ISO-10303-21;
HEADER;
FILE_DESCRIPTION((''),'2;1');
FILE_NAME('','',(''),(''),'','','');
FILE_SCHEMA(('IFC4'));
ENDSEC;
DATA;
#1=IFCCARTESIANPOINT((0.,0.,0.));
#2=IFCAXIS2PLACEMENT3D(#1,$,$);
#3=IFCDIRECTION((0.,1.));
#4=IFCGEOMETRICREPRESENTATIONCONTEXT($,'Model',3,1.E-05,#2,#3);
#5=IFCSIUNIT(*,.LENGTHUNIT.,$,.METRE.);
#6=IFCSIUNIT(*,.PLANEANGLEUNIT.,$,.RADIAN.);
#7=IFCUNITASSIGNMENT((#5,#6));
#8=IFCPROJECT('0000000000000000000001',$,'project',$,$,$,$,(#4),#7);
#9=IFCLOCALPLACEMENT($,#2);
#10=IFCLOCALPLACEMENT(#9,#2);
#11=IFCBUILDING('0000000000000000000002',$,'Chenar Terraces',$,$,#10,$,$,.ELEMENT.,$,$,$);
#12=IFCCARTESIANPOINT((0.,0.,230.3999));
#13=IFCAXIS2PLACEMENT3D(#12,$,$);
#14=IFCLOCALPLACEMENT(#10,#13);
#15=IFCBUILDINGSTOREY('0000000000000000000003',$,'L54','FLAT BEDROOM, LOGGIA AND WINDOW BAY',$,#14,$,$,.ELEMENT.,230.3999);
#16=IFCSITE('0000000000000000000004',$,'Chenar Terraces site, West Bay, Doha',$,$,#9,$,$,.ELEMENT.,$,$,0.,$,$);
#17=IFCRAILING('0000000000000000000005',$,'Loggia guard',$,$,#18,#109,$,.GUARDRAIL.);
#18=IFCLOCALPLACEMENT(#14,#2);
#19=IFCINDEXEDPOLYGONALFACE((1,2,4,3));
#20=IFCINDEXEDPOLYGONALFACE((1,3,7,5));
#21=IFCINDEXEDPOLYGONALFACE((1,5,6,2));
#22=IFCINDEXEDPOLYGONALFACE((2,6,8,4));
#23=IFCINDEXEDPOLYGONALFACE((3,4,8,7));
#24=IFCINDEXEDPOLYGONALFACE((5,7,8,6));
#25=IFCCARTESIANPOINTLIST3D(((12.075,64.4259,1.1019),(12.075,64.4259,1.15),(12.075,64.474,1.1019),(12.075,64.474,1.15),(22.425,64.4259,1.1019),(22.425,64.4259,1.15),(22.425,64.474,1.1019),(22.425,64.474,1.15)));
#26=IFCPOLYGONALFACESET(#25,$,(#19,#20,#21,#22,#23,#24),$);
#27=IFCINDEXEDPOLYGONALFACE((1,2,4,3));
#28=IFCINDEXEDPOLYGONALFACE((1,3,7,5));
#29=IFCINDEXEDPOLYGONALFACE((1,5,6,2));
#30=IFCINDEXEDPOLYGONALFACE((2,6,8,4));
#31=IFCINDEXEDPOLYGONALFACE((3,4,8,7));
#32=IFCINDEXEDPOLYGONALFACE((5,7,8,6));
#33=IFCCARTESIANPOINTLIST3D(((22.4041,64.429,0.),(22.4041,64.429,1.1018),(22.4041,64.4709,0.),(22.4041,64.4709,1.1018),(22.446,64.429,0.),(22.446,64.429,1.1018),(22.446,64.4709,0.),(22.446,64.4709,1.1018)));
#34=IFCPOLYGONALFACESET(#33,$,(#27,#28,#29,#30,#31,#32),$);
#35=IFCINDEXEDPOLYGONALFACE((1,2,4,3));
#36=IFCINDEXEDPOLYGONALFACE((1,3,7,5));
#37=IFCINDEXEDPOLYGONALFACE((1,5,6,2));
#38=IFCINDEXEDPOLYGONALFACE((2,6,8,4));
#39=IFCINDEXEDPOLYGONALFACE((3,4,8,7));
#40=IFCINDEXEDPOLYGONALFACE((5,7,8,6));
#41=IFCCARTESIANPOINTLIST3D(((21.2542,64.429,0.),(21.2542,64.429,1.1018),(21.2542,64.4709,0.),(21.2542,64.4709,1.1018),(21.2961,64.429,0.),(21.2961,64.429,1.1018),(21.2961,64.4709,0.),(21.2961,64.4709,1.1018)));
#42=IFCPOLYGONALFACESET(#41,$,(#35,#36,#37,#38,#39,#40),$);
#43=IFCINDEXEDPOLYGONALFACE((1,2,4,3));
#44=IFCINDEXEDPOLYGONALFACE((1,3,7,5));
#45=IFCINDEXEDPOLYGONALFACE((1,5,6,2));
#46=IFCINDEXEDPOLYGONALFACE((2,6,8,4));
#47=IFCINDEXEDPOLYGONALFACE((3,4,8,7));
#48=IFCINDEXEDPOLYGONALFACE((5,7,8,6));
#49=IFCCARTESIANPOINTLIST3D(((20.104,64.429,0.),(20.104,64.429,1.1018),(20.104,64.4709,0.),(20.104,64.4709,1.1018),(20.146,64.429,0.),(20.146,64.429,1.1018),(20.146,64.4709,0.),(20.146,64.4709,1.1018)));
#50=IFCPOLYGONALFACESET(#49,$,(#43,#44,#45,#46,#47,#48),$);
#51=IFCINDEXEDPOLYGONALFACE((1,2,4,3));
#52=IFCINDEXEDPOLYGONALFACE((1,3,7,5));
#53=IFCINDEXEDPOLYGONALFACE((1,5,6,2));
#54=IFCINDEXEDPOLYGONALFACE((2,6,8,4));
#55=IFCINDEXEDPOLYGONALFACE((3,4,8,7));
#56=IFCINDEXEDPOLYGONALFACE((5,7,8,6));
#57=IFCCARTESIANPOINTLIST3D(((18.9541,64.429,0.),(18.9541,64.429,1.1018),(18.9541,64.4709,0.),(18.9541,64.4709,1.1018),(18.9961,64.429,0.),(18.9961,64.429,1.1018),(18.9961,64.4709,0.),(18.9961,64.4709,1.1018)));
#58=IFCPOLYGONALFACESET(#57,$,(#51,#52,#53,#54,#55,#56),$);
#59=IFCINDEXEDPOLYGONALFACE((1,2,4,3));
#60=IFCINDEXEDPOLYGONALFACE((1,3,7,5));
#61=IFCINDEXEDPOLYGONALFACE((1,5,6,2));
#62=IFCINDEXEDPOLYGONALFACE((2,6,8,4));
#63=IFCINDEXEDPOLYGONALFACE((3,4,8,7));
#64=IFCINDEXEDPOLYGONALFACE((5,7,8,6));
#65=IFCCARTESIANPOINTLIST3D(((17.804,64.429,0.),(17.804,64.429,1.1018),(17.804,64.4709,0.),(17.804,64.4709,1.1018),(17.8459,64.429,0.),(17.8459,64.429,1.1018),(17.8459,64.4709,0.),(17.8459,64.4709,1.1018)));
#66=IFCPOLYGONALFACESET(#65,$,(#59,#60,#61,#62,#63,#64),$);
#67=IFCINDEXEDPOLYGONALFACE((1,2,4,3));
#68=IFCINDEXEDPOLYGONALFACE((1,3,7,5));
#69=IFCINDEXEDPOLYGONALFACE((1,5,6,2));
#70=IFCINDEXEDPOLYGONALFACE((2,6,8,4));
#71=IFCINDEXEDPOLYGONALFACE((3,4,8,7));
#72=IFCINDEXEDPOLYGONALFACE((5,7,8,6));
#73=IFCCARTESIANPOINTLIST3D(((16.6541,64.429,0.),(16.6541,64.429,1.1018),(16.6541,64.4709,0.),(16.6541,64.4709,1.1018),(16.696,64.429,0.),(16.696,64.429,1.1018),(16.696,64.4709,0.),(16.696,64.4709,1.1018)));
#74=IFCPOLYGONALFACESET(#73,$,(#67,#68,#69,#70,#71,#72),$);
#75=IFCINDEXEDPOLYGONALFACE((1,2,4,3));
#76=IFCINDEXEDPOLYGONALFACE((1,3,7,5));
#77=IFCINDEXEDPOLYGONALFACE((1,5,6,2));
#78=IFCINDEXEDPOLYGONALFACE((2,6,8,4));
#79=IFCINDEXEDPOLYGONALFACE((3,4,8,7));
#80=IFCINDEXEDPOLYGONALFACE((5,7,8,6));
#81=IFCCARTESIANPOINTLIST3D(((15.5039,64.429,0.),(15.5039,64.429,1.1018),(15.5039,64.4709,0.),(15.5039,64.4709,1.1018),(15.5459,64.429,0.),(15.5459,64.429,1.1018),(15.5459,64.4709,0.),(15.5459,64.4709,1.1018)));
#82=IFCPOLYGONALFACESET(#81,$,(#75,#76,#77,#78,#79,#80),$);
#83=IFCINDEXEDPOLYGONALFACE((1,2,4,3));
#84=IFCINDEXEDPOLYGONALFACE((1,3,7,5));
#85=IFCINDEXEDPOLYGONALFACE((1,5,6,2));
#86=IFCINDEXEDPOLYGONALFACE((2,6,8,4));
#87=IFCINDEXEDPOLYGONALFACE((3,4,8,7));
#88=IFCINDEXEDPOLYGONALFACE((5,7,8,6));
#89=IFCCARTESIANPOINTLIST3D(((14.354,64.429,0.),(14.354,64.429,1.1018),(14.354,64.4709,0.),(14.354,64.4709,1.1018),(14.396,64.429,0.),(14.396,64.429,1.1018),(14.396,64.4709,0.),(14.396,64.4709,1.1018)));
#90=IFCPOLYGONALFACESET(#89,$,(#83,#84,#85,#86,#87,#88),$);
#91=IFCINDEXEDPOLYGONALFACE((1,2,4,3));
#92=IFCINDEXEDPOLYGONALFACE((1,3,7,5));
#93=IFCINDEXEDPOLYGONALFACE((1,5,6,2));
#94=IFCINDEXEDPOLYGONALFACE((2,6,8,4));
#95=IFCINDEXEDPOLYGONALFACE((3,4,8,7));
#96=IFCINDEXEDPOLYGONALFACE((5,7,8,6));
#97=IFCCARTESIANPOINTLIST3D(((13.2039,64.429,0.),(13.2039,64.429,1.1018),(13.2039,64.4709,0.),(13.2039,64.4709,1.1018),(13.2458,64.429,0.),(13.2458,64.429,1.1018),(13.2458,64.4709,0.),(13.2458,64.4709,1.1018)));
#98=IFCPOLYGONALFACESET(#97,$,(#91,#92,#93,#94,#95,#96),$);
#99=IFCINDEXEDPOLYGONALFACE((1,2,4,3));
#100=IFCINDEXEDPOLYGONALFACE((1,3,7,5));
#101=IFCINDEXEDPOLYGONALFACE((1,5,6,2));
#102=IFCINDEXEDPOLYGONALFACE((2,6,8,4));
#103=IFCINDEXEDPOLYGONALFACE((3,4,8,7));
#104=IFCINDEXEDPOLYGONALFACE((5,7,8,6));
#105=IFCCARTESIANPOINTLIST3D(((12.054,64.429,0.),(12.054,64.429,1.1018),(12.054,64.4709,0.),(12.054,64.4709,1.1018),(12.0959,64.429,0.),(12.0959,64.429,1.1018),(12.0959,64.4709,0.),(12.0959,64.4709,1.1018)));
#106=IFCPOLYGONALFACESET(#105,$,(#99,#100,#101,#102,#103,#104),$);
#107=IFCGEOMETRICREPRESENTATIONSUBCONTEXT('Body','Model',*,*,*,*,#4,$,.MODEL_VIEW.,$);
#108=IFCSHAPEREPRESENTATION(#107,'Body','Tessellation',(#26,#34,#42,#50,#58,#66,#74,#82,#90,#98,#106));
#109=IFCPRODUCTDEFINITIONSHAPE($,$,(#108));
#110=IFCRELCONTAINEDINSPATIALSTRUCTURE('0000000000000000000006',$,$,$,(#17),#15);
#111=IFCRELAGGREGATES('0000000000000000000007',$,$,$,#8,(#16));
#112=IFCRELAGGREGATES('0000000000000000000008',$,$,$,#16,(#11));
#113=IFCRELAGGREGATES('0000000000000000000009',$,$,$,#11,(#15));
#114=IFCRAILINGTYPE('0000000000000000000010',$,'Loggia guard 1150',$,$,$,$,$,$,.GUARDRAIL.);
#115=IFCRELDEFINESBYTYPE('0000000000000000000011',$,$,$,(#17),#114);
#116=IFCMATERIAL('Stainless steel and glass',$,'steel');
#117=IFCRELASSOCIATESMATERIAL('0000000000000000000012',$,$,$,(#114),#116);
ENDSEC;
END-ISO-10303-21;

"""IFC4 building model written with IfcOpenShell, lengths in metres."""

from ifc_helpers import new_model, si_unit, direction, frame, origin, origin_2d, place, context, subcontext, project, spatial, rectangle, extrude, material, type_object, element, save


model = new_model("IFC4")

# Units and contexts
model_context = context("Model", 3, precision=1e-05, world=origin(), true_north=direction((0.0, 1.0)))
body_context = subcontext(model_context, "Body", "Model", "MODEL_VIEW")
ifc_project = project(units=[si_unit("LENGTHUNIT", "METRE"), si_unit("PLANEANGLEUNIT", "RADIAN")], contexts=[model_context])

# Site, building, storey
site_placement = place(None, origin())
site = spatial("IfcSite", under=ifc_project, at=site_placement, Name="Chenar Terraces site, West Bay, Doha", CompositionType="ELEMENT", RefElevation=0.0)
building_placement = place(site_placement, origin())
building = spatial("IfcBuilding", under=site, at=building_placement, Name="Chenar Terraces", CompositionType="ELEMENT")
storey_placement = place(building_placement, frame((0.0, 0.0, 230.3999)))
storey = spatial("IfcBuildingStorey", under=building, at=storey_placement, Name="L54", Description="FLAT BEDROOM, LOGGIA AND WINDOW BAY", CompositionType="ELEMENT", Elevation=230.3999)

# Railing
ifc_material_1 = material(Name="Stainless steel and glass", Category="steel")
railing_type_1 = type_object("IfcRailingType", Name="Loggia guard 1150", PredefinedType="GUARDRAIL", material=ifc_material_1)
railing_1_placement = place(storey_placement, frame((22.425, 64.45, 0.0)))
element("IfcRailing", 1, at=railing_1_placement, inside=storey, type_object=railing_type_1, Name="Loggia guard", PredefinedType="GUARDRAIL", context=body_context, shape_type="SweptSolid", body=[
    extrude(rectangle(XDim=0.0481, YDim=0.0481, at=origin_2d()), frame((0.0, 0.0, 1.126), z_axis=(-1.0, 0.0, 0.0), x_axis=(0.0, -1.0, 0.0)), (0.0, 0.0, 1.0), 10.3501),
    extrude(rectangle(XDim=0.042, YDim=0.042, at=origin_2d()), origin(), (0.0, 0.0, 1.0), 1.1018),
    extrude(rectangle(XDim=0.042, YDim=0.042, at=origin_2d()), frame((-1.1499, 0.0, 0.0)), (0.0, 0.0, 1.0), 1.1018),
    extrude(rectangle(XDim=0.042, YDim=0.042, at=origin_2d()), frame((-2.3, 0.0, 0.0)), (0.0, 0.0, 1.0), 1.1018),
    extrude(rectangle(XDim=0.042, YDim=0.042, at=origin_2d()), frame((-3.45, 0.0, 0.0)), (0.0, 0.0, 1.0), 1.1018),
    extrude(rectangle(XDim=0.042, YDim=0.042, at=origin_2d()), frame((-4.6001, 0.0, 0.0)), (0.0, 0.0, 1.0), 1.1018),
    extrude(rectangle(XDim=0.042, YDim=0.042, at=origin_2d()), frame((-5.75, 0.0, 0.0)), (0.0, 0.0, 1.0), 1.1018),
    extrude(rectangle(XDim=0.042, YDim=0.042, at=origin_2d()), frame((-6.9001, 0.0, 0.0)), (0.0, 0.0, 1.0), 1.1018),
    extrude(rectangle(XDim=0.042, YDim=0.042, at=origin_2d()), frame((-8.05, 0.0, 0.0)), (0.0, 0.0, 1.0), 1.1018),
    extrude(rectangle(XDim=0.042, YDim=0.042, at=origin_2d()), frame((-9.2002, 0.0, 0.0)), (0.0, 0.0, 1.0), 1.1018),
    extrude(rectangle(XDim=0.042, YDim=0.042, at=origin_2d()), frame((-10.3501, 0.0, 0.0)), (0.0, 0.0, 1.0), 1.1018),
])

save(model, "model.ifc")
